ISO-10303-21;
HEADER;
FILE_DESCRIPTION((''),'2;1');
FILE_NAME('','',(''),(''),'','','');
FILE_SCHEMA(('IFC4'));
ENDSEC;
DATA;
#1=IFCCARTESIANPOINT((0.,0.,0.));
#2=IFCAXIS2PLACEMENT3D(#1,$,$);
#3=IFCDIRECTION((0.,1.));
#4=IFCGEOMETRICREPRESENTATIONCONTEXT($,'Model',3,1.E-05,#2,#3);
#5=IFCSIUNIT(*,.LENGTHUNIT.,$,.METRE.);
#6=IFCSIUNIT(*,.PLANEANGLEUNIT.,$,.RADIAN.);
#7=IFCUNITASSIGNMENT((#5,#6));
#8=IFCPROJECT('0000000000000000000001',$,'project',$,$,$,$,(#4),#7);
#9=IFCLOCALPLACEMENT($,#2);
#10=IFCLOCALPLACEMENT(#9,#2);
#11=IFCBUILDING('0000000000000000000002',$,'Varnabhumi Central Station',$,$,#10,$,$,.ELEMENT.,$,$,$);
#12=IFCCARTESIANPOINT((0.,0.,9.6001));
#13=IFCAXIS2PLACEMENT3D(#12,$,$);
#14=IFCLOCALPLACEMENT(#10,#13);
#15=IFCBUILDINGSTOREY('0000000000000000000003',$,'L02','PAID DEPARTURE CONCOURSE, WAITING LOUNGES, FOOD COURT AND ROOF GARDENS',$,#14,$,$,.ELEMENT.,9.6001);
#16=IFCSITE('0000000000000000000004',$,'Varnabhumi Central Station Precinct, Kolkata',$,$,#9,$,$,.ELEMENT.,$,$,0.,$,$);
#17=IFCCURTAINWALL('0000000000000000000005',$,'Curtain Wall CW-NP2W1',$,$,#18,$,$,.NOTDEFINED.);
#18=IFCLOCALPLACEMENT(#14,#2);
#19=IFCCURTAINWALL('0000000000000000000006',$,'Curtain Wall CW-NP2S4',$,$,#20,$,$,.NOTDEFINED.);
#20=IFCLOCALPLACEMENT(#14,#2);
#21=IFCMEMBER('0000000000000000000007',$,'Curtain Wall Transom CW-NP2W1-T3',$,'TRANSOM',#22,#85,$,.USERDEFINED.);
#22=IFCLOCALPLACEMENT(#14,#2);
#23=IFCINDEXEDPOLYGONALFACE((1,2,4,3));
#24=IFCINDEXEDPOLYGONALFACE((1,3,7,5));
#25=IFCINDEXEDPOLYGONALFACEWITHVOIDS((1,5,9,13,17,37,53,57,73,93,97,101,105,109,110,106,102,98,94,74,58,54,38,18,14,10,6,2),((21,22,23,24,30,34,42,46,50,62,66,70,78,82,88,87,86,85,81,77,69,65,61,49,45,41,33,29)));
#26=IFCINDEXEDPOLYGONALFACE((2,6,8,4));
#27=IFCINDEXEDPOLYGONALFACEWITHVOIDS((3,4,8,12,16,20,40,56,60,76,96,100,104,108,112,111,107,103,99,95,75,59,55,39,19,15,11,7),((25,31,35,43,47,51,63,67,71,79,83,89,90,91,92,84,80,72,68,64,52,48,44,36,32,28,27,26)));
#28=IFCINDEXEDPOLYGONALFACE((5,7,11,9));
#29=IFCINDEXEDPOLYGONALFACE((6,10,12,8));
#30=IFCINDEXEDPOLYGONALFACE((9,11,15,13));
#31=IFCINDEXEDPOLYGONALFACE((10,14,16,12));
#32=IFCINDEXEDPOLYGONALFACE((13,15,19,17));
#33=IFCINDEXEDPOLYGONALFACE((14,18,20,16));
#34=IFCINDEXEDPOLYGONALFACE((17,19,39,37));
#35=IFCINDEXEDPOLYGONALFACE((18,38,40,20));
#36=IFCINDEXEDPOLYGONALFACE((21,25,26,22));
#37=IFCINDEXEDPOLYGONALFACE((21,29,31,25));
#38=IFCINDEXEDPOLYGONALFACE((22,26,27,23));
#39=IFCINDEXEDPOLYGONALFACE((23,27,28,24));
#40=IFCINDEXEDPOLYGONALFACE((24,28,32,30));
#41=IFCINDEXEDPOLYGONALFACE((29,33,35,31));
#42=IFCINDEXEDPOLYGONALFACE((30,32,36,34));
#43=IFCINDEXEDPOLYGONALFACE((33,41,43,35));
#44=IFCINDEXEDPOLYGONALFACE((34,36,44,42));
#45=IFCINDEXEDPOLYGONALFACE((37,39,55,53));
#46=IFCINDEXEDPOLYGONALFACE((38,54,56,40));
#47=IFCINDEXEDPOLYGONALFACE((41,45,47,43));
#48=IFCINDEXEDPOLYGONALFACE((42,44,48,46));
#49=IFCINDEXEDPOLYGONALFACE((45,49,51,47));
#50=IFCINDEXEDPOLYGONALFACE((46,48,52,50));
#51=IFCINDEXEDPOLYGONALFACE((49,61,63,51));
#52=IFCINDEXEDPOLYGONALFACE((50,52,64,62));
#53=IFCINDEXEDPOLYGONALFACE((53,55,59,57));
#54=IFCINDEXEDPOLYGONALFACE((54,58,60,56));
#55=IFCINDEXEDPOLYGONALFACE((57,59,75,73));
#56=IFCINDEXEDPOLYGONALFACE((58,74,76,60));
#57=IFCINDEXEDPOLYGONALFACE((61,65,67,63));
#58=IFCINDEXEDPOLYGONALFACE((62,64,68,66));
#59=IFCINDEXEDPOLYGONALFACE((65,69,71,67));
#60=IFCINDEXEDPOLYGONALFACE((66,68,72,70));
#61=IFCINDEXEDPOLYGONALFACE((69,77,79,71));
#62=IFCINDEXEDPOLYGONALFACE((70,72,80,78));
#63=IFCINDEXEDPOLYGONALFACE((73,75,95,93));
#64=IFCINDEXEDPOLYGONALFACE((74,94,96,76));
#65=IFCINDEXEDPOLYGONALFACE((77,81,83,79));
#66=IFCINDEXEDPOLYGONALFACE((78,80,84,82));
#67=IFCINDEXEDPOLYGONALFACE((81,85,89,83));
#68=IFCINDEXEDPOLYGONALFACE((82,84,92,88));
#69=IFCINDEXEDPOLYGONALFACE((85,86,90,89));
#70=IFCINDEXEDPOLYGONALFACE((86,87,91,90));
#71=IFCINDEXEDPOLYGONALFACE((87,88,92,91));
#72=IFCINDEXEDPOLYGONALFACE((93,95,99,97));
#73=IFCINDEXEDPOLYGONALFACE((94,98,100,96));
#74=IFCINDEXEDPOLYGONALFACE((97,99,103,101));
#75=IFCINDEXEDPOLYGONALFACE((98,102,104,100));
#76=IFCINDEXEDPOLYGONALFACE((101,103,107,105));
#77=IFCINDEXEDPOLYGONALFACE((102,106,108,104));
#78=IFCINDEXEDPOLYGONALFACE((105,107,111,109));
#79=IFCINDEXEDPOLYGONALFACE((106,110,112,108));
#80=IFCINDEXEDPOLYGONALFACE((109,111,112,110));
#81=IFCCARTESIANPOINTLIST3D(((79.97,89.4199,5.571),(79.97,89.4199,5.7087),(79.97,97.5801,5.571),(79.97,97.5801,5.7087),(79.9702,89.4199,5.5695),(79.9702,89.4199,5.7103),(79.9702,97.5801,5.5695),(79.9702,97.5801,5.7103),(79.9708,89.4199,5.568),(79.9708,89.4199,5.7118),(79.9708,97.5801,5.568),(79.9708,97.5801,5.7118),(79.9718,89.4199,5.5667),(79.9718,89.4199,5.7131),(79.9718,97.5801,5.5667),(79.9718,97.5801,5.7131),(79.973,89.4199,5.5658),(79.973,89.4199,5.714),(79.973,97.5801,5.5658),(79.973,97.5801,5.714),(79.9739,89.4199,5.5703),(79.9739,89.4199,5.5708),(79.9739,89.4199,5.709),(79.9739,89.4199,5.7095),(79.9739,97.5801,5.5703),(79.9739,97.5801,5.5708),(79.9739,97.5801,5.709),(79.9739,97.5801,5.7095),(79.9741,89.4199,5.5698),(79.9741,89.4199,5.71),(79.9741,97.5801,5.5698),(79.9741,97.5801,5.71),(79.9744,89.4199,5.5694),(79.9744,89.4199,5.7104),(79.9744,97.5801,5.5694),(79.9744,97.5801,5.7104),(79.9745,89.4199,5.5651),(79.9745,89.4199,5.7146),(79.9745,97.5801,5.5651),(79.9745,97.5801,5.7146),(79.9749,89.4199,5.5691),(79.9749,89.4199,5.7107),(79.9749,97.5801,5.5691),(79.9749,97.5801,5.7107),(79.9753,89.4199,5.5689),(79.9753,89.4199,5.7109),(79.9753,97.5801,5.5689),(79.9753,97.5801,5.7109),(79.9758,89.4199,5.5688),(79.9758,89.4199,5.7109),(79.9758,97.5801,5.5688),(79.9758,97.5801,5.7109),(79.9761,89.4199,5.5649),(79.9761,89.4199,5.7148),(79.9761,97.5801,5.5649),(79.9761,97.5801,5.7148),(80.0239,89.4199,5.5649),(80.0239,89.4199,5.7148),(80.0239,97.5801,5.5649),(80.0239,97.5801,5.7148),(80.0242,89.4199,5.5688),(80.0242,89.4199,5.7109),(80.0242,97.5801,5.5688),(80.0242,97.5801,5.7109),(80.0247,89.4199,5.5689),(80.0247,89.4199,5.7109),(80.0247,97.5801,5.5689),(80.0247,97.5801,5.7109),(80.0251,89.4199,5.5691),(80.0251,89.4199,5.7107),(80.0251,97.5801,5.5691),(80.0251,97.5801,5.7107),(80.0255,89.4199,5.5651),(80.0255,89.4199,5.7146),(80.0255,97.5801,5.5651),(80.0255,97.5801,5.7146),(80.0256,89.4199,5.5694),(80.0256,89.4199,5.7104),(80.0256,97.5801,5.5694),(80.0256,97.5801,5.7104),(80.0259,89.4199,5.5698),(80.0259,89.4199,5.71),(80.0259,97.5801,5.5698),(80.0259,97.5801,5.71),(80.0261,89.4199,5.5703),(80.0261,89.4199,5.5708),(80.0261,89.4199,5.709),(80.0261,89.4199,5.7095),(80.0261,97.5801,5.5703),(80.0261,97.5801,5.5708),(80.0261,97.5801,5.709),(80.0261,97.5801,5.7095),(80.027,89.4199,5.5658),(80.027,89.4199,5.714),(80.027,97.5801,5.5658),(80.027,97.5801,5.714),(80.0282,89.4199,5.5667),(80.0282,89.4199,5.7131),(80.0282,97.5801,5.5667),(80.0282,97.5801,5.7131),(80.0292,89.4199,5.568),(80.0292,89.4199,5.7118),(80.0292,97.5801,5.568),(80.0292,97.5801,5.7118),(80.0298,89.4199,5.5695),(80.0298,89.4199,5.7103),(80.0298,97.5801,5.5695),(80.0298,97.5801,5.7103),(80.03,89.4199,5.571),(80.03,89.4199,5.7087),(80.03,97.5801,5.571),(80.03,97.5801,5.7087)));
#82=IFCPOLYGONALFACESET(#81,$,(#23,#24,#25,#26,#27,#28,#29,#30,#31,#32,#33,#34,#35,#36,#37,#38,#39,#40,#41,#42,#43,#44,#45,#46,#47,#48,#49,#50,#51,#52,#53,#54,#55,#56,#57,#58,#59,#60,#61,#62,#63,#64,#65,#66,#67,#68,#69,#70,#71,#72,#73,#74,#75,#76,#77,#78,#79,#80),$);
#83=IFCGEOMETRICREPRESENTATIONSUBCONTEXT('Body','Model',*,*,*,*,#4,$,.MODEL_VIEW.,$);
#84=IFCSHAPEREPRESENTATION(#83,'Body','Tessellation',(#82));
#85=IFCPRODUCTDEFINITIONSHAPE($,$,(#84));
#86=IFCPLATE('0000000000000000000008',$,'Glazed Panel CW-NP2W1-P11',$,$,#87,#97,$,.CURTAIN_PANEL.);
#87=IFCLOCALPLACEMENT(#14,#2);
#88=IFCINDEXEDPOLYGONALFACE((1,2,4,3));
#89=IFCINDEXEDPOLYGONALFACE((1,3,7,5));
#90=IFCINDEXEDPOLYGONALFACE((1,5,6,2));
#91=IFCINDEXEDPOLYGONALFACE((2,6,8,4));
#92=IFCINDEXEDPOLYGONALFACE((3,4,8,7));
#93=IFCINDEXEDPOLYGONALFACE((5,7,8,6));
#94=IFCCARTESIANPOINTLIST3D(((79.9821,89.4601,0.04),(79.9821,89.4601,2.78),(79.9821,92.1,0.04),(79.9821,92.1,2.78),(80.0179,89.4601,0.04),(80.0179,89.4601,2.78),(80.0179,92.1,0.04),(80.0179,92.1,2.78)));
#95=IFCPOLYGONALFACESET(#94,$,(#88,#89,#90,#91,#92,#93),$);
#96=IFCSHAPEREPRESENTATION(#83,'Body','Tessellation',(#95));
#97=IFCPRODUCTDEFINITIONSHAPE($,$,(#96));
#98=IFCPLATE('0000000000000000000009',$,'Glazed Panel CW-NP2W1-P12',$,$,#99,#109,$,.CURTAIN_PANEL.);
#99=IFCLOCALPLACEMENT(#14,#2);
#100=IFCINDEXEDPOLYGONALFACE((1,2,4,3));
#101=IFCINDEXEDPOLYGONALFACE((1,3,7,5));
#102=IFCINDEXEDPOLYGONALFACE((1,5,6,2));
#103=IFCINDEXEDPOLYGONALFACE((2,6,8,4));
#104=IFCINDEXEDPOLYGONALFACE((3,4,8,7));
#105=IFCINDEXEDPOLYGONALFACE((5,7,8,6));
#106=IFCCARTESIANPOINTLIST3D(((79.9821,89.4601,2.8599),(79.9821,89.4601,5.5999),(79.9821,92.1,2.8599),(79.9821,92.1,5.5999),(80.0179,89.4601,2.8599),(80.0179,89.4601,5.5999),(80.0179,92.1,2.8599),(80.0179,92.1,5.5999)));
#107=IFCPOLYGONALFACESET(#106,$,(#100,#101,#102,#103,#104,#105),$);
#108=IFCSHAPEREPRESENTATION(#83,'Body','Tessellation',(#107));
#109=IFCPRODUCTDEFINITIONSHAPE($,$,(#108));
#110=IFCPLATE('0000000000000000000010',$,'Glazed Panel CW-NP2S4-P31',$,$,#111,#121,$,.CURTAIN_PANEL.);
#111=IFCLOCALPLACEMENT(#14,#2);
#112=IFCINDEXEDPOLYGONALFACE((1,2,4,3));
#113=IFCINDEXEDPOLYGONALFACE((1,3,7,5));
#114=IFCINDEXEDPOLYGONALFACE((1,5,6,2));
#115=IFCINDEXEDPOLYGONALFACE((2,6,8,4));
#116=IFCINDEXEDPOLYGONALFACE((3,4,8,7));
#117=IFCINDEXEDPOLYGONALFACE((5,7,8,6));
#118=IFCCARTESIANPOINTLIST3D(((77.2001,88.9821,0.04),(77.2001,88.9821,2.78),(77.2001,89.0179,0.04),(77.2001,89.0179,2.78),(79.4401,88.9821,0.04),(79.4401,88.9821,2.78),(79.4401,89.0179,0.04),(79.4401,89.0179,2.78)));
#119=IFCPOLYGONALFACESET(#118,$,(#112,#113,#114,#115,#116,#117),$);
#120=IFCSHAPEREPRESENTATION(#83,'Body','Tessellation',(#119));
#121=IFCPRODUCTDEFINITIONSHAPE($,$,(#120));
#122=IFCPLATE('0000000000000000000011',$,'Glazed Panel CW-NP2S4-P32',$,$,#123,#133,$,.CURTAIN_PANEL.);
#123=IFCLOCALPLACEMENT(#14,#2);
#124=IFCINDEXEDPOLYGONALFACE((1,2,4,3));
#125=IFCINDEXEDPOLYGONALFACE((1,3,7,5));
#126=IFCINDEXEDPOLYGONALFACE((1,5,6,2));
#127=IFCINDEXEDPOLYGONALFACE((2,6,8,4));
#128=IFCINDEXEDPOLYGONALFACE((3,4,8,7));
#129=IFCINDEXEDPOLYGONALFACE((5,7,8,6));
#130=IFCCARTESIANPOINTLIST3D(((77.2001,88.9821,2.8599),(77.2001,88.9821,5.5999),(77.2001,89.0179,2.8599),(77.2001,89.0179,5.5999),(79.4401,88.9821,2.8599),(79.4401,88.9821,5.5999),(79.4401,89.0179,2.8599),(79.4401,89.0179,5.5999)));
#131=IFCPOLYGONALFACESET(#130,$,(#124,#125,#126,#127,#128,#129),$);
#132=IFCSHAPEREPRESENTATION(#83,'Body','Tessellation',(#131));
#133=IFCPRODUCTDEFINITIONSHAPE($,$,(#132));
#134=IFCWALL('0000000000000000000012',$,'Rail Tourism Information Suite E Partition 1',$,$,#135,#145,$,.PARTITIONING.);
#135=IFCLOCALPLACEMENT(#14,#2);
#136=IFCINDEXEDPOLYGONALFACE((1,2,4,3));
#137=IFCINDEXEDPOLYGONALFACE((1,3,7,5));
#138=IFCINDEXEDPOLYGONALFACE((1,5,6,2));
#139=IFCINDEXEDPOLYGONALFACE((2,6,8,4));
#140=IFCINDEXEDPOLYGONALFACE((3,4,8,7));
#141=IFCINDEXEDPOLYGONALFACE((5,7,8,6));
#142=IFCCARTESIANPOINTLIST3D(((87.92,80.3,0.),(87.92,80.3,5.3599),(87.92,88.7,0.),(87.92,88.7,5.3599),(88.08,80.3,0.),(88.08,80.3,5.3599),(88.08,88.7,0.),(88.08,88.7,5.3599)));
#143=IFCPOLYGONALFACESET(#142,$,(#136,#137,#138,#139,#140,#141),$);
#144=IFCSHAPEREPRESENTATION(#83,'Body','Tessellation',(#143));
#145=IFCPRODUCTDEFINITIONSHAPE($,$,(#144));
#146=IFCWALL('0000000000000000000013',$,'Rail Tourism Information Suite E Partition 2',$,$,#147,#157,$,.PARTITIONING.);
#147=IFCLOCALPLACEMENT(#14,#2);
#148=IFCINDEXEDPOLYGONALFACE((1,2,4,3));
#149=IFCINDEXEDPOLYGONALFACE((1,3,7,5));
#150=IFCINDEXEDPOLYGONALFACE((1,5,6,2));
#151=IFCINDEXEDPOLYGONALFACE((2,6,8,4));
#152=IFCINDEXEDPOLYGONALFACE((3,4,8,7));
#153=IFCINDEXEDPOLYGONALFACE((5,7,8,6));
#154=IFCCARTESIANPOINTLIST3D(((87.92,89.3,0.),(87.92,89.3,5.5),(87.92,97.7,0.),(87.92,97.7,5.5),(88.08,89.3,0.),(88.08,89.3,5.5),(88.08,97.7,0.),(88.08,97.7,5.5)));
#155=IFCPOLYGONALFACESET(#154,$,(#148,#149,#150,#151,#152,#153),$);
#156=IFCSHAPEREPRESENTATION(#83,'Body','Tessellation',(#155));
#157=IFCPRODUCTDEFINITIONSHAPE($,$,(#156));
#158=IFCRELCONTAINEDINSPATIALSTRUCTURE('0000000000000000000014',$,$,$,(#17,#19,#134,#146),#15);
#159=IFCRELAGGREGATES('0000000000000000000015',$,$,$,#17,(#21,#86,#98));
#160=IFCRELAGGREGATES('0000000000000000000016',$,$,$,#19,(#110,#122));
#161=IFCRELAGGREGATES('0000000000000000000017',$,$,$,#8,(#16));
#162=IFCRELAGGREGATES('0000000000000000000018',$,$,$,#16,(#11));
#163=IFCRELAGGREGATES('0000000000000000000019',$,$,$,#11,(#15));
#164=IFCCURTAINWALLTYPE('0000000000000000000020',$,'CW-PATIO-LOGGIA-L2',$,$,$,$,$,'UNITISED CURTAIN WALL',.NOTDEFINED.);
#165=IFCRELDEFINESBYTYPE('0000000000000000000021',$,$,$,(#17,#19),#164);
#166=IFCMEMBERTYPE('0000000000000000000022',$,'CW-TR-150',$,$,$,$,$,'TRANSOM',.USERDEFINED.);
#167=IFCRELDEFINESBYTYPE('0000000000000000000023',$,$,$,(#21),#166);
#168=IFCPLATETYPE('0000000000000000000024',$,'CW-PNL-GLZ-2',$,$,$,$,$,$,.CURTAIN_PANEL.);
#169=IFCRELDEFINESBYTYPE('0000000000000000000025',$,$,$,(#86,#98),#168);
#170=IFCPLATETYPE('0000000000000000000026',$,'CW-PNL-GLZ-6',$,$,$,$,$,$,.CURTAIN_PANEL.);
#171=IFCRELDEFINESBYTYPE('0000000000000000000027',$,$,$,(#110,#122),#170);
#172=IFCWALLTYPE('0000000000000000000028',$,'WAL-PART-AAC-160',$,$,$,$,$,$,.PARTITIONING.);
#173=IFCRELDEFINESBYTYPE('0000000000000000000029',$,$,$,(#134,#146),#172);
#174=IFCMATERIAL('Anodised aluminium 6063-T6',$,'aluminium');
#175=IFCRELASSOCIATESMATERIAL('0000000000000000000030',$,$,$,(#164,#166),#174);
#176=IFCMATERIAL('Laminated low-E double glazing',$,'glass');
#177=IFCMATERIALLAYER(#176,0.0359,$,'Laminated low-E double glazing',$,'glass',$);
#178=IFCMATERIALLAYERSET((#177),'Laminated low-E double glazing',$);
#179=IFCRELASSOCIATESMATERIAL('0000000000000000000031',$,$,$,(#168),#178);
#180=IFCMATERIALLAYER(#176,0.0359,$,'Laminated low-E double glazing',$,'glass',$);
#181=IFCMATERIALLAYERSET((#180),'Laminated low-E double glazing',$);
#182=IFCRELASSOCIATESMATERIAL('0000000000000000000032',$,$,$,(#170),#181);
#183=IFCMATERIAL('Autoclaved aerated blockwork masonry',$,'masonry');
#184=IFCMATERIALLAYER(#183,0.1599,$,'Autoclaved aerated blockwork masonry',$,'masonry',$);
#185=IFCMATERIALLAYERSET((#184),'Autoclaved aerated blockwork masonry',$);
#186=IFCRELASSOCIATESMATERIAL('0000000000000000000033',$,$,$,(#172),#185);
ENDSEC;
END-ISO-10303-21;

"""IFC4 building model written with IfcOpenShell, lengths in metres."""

from ifc_helpers import new_model, si_unit, direction, frame, frame_2d, origin, origin_2d, place, context, subcontext, project, spatial, rectangle, hollow_rectangle, extrude, material, layer, layer_set, material_profile, profile_set, type_object, element, aggregate, save


model = new_model("IFC4")

# Units and contexts
model_context = context("Model", 3, precision=1e-05, world=origin(), true_north=direction((0.0, 1.0)))
body_context = subcontext(model_context, "Body", "Model", "MODEL_VIEW")
ifc_project = project(units=[si_unit("LENGTHUNIT", "METRE"), si_unit("PLANEANGLEUNIT", "RADIAN")], contexts=[model_context])

# Site, building, storey
site_placement = place(None, origin())
site = spatial("IfcSite", under=ifc_project, at=site_placement, Name="Varnabhumi Central Station Precinct, Kolkata", CompositionType="ELEMENT", RefElevation=0.0)
building_placement = place(site_placement, origin())
building = spatial("IfcBuilding", under=site, at=building_placement, Name="Varnabhumi Central Station", CompositionType="ELEMENT")
storey_placement = place(building_placement, frame((0.0, 0.0, 9.6001)))
storey = spatial("IfcBuildingStorey", under=building, at=storey_placement, Name="L02", Description="PAID DEPARTURE CONCOURSE, WAITING LOUNGES, FOOD COURT AND ROOF GARDENS", CompositionType="ELEMENT", Elevation=9.6001)

# Curtain walls
ifc_material_1 = material(Name="Anodised aluminium 6063-T6", Category="aluminium")
curtain_wall_type = type_object("IfcCurtainWallType", Name="CW-PATIO-LOGGIA-L2", ElementType="UNITISED CURTAIN WALL", PredefinedType="NOTDEFINED", material=ifc_material_1)
curtain_wall_1_placement = place(storey_placement, origin())
curtain_wall_1 = element("IfcCurtainWall", 1, at=curtain_wall_1_placement, inside=storey, type_object=curtain_wall_type, Name="Curtain Wall CW-NP2W1", PredefinedType="NOTDEFINED")
curtain_wall_2_placement = place(storey_placement, origin())
curtain_wall_2 = element("IfcCurtainWall", 2, at=curtain_wall_2_placement, inside=storey, type_object=curtain_wall_type, Name="Curtain Wall CW-NP2S4", PredefinedType="NOTDEFINED")

# Member
ifc_material_profile_1 = material_profile(ifc_material_1, hollow_rectangle(XDim=0.0601, YDim=0.1499, WallThickness=0.0039, InnerFilletRadius=0.002, OuterFilletRadius=0.0061, at=origin_2d()), Name="Anodised aluminium 6063-T6", Category="aluminium")
ifc_profile_set_1 = profile_set([ifc_material_profile_1], Name="Anodised aluminium 6063-T6")
member_type_1 = type_object("IfcMemberType", Name="CW-TR-150", ElementType="TRANSOM", PredefinedType="USERDEFINED", material=ifc_profile_set_1)
member_1_placement = place(storey_placement, frame((80.0, 89.4199, 5.6399), z_axis=(0.0, 1.0, 0.0), x_axis=(-1.0, 0.0, 0.0)))
member_1 = element("IfcMember", 3, at=member_1_placement, type_object=member_type_1, Name="Curtain Wall Transom CW-NP2W1-T3", ObjectType="TRANSOM", PredefinedType="USERDEFINED", context=body_context, shape_type="SweptSolid", body=[
    extrude(hollow_rectangle(XDim=0.0601, YDim=0.1499, WallThickness=0.0039, InnerFilletRadius=0.002, OuterFilletRadius=0.0061, at=origin_2d()), origin(), (0.0, 0.0, 1.0), 8.1602),
])

# Plates
ifc_material_2 = material(Name="Laminated low-E double glazing", Category="glass")
ifc_layer_1 = layer(ifc_material_2, 0.0359, Name="Laminated low-E double glazing", Category="glass")
ifc_layer_set_1 = layer_set([ifc_layer_1], Name="Laminated low-E double glazing")
plate_type_1 = type_object("IfcPlateType", Name="CW-PNL-GLZ-2", PredefinedType="CURTAIN_PANEL", material=ifc_layer_set_1)
plate_1_placement = place(storey_placement, frame((80.0, 90.78, 0.04), z_axis=(0.0, 0.0, 1.0), x_axis=(0.0, 1.0, 0.0)))
plate_1 = element("IfcPlate", 4, at=plate_1_placement, type_object=plate_type_1, Name="Glazed Panel CW-NP2W1-P11", PredefinedType="CURTAIN_PANEL", context=body_context, shape_type="SweptSolid", body=[
    extrude(rectangle(XDim=2.6399, YDim=0.0359, at=origin_2d()), origin(), (0.0, 0.0, 1.0), 2.74),
])
plate_2_placement = place(storey_placement, frame((80.0, 90.78, 2.8599), z_axis=(0.0, 0.0, 1.0), x_axis=(0.0, 1.0, 0.0)))
plate_2 = element("IfcPlate", 5, at=plate_2_placement, type_object=plate_type_1, Name="Glazed Panel CW-NP2W1-P12", PredefinedType="CURTAIN_PANEL", context=body_context, shape_type="SweptSolid", body=[
    extrude(rectangle(XDim=2.6399, YDim=0.0359, at=origin_2d()), origin(), (0.0, 0.0, 1.0), 2.74),
])
aggregate(curtain_wall_1, [member_1, plate_1, plate_2])
ifc_layer_2 = layer(ifc_material_2, 0.0359, Name="Laminated low-E double glazing", Category="glass")
ifc_layer_set_2 = layer_set([ifc_layer_2], Name="Laminated low-E double glazing")
plate_type_2 = type_object("IfcPlateType", Name="CW-PNL-GLZ-6", PredefinedType="CURTAIN_PANEL", material=ifc_layer_set_2)
plate_3_placement = place(storey_placement, frame((78.3201, 89.0, 0.04), z_axis=(0.0, 0.0, 1.0), x_axis=(1.0, 0.0, 0.0)))
plate_3 = element("IfcPlate", 6, at=plate_3_placement, type_object=plate_type_2, Name="Glazed Panel CW-NP2S4-P31", PredefinedType="CURTAIN_PANEL", context=body_context, shape_type="SweptSolid", body=[
    extrude(rectangle(XDim=2.24, YDim=0.0359, at=origin_2d()), origin(), (0.0, 0.0, 1.0), 2.74),
])
plate_4_placement = place(storey_placement, frame((78.3201, 89.0, 2.8599), z_axis=(0.0, 0.0, 1.0), x_axis=(1.0, 0.0, 0.0)))
plate_4 = element("IfcPlate", 7, at=plate_4_placement, type_object=plate_type_2, Name="Glazed Panel CW-NP2S4-P32", PredefinedType="CURTAIN_PANEL", context=body_context, shape_type="SweptSolid", body=[
    extrude(rectangle(XDim=2.24, YDim=0.0359, at=origin_2d()), origin(), (0.0, 0.0, 1.0), 2.74),
])
aggregate(curtain_wall_2, [plate_3, plate_4])

# Walls
ifc_material_3 = material(Name="Autoclaved aerated blockwork masonry", Category="masonry")
ifc_layer_3 = layer(ifc_material_3, 0.1599, Name="Autoclaved aerated blockwork masonry", Category="masonry")
ifc_layer_set_3 = layer_set([ifc_layer_3], Name="Autoclaved aerated blockwork masonry")
wall_type = type_object("IfcWallType", Name="WAL-PART-AAC-160", PredefinedType="PARTITIONING", material=ifc_layer_set_3)
wall_1_placement = place(storey_placement, frame((88.0, 80.3, 0.0), z_axis=(0.0, 0.0, 1.0), x_axis=(0.0, 1.0, 0.0)))
element("IfcWall", 8, at=wall_1_placement, inside=storey, type_object=wall_type, Name="Rail Tourism Information Suite E Partition 1", PredefinedType="PARTITIONING", context=body_context, shape_type="SweptSolid", body=[
    extrude(rectangle(XDim=8.3999, YDim=0.1599, at=frame_2d((4.2, 0.0))), origin(), (0.0, 0.0, 1.0), 5.3599),
])
wall_2_placement = place(storey_placement, frame((88.0, 89.3, 0.0), z_axis=(0.0, 0.0, 1.0), x_axis=(0.0, 1.0, 0.0)))
element("IfcWall", 9, at=wall_2_placement, inside=storey, type_object=wall_type, Name="Rail Tourism Information Suite E Partition 2", PredefinedType="PARTITIONING", context=body_context, shape_type="SweptSolid", body=[
    extrude(rectangle(XDim=8.3999, YDim=0.1599, at=frame_2d((4.2, 0.0))), origin(), (0.0, 0.0, 1.0), 5.5),
])

save(model, "model.ifc")
